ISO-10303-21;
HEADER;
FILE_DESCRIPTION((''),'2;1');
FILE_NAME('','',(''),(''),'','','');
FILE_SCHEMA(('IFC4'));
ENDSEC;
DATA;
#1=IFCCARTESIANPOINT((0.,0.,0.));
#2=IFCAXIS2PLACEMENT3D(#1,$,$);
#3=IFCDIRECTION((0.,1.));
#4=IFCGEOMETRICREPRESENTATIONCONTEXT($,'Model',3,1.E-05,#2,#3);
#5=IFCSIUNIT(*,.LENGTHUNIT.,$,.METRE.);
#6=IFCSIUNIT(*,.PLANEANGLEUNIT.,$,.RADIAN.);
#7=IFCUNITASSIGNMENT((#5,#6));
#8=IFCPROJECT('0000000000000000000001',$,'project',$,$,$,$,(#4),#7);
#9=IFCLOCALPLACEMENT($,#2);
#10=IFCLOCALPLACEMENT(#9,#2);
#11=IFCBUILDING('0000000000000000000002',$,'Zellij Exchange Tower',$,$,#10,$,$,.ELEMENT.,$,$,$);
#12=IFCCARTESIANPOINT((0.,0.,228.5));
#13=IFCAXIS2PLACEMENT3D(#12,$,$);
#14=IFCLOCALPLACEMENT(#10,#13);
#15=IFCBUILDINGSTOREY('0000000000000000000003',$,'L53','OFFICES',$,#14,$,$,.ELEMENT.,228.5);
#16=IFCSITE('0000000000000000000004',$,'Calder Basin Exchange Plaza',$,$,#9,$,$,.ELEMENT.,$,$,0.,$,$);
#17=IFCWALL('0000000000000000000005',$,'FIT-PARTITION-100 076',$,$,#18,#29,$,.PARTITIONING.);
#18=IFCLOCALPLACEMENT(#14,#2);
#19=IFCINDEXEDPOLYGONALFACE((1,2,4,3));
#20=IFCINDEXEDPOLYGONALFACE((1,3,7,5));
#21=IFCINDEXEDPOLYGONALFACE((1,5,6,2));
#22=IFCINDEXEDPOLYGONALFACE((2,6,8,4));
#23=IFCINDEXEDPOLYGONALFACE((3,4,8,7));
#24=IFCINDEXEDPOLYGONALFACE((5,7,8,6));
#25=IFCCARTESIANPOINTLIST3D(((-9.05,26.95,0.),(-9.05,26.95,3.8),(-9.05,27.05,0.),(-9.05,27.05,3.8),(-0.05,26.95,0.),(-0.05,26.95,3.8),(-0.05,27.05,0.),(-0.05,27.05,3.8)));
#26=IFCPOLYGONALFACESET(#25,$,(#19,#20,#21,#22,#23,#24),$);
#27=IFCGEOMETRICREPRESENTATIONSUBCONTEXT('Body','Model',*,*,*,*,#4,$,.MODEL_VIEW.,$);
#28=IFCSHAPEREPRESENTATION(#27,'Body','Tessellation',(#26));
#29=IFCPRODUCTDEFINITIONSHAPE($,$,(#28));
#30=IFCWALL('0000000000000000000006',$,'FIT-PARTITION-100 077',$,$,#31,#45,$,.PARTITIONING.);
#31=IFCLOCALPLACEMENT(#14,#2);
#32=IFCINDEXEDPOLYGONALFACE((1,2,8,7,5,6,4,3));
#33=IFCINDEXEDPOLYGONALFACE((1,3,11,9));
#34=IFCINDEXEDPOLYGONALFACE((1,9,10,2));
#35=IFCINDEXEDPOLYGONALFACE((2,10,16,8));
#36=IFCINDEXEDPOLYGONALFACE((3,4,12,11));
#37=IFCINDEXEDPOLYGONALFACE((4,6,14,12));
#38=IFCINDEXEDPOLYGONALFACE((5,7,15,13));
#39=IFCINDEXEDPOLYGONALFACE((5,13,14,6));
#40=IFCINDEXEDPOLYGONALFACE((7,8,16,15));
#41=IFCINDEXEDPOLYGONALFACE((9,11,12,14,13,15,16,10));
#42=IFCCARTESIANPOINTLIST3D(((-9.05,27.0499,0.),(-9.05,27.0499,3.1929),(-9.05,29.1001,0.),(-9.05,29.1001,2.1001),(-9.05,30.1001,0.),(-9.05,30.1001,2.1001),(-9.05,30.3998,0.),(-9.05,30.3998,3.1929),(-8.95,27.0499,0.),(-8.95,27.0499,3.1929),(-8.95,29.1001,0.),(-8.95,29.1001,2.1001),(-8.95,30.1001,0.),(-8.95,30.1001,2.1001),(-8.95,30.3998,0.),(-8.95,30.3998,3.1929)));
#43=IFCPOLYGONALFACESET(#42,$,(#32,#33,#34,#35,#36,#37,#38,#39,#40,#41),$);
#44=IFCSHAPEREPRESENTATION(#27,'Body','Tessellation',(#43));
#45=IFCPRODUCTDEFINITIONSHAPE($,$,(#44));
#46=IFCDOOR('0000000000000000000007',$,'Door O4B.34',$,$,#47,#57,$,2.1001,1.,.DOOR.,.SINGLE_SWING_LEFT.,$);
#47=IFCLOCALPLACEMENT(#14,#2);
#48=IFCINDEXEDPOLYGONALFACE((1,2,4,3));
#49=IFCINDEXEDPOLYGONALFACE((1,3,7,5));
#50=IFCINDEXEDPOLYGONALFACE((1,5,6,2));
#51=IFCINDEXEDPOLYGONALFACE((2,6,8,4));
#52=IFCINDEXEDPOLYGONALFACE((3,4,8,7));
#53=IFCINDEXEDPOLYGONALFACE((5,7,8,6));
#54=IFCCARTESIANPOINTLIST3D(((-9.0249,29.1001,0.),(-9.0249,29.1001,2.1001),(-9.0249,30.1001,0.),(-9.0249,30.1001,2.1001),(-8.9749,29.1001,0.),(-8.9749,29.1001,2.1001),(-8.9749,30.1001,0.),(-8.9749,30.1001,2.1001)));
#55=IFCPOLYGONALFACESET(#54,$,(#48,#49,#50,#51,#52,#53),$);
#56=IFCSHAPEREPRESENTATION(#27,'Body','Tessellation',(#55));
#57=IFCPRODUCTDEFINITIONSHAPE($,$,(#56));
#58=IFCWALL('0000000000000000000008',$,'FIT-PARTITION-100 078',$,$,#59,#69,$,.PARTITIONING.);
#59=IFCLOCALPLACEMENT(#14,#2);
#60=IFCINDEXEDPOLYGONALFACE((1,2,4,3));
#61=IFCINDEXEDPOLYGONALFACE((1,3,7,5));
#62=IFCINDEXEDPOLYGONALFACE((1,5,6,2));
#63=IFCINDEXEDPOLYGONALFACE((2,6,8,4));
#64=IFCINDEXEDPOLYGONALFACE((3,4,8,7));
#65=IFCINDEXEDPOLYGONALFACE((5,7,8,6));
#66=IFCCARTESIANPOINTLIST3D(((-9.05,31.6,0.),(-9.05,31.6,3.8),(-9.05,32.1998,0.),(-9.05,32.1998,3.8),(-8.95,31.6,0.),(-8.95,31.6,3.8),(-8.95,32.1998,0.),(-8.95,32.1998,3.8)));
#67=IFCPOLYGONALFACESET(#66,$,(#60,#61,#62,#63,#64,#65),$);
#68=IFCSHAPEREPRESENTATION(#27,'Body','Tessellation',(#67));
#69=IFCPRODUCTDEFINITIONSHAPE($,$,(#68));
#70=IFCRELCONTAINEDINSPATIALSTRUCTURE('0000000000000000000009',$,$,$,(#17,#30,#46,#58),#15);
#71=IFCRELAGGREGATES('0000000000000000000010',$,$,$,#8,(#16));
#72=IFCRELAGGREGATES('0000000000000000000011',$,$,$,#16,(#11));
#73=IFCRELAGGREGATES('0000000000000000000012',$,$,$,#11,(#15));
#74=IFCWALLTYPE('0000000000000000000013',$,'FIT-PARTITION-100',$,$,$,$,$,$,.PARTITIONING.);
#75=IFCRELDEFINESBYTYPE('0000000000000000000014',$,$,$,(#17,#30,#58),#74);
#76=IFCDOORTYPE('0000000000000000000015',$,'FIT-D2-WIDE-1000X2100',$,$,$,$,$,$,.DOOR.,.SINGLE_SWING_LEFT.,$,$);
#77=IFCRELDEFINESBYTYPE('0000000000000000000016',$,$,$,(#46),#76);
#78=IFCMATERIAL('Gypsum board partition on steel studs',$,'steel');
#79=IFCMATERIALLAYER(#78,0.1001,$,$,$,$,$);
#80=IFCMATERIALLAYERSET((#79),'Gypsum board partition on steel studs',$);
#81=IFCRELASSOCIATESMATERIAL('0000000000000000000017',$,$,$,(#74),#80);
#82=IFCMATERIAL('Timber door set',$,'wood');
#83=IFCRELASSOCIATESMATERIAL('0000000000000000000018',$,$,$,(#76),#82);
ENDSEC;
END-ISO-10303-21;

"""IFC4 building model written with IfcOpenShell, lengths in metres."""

from ifc_helpers import new_model, si_unit, direction, frame, frame_2d, origin, place, context, subcontext, project, spatial, rectangle, extrude, material, layer, layer_set, type_object, element, fill, save


model = new_model("IFC4")

# Units and contexts
model_context = context("Model", 3, precision=1e-05, world=origin(), true_north=direction((0.0, 1.0)))
body_context = subcontext(model_context, "Body", "Model", "MODEL_VIEW")
ifc_project = project(units=[si_unit("LENGTHUNIT", "METRE"), si_unit("PLANEANGLEUNIT", "RADIAN")], contexts=[model_context])

# Site, building, storey
site_placement = place(None, origin())
site = spatial("IfcSite", under=ifc_project, at=site_placement, Name="Calder Basin Exchange Plaza", CompositionType="ELEMENT", RefElevation=0.0)
building_placement = place(site_placement, origin())
building = spatial("IfcBuilding", under=site, at=building_placement, Name="Zellij Exchange Tower", CompositionType="ELEMENT")
storey_placement = place(building_placement, frame((0.0, 0.0, 228.5)))
storey = spatial("IfcBuildingStorey", under=building, at=storey_placement, Name="L53", Description="OFFICES", CompositionType="ELEMENT", Elevation=228.5)

# Shared definitions
ifc_material_1 = material(Name="Gypsum board partition on steel studs", Category="steel")
ifc_layer = layer(ifc_material_1, 0.1001)
ifc_layer_set = layer_set([ifc_layer], Name="Gypsum board partition on steel studs")
wall_type = type_object("IfcWallType", Name="FIT-PARTITION-100", PredefinedType="PARTITIONING", material=ifc_layer_set)

# Shared definitions
ifc_material_2 = material(Name="Timber door set", Category="wood")

# Wall
wall_1_placement = place(storey_placement, frame((-9.05, 27.0, 0.0), z_axis=(0.0, 0.0, 1.0), x_axis=(1.0, 0.0, 0.0)))
element("IfcWall", 1, at=wall_1_placement, inside=storey, type_object=wall_type, Name="FIT-PARTITION-100 076", PredefinedType="PARTITIONING", context=body_context, shape_type="SweptSolid", body=[
    extrude(rectangle(XDim=9.0, YDim=0.1001, at=frame_2d((4.5, 0.0))), origin(), (0.0, 0.0, 1.0), 3.8),
])

# Wall, opening, door
wall_2_placement = place(storey_placement, frame((-9.0, 27.05, 0.0), z_axis=(0.0, 0.0, 1.0), x_axis=(0.0, 1.0, 0.0)))
wall_2 = element("IfcWall", 2, at=wall_2_placement, inside=storey, type_object=wall_type, Name="FIT-PARTITION-100 077", PredefinedType="PARTITIONING", context=body_context, shape_type="SweptSolid", body=[
    extrude(rectangle(XDim=3.3499, YDim=0.1001, at=frame_2d((1.6748, 0.0))), origin(), (0.0, 0.0, 1.0), 3.1929),
])
opening_1_placement = place(wall_2_placement, frame((2.05, 0.0, 0.0)))
opening_1 = element("IfcOpeningElement", 3, at=opening_1_placement, cuts=wall_2, PredefinedType="OPENING", context=body_context, shape_type="SweptSolid", body=[
    extrude(rectangle(XDim=1.0, YDim=2.1001, at=frame_2d((0.5, 1.05))), frame((0.0, 0.062, 0.0), z_axis=(0.0, -1.0, 0.0), x_axis=(1.0, 0.0, 0.0)), (0.0, 0.0, 1.0), 0.124),
])
door_type_1 = type_object("IfcDoorType", Name="FIT-D2-WIDE-1000X2100", OperationType="SINGLE_SWING_LEFT", PredefinedType="DOOR", material=ifc_material_2)
door_1_placement = place(opening_1_placement, origin())
door_1 = element("IfcDoor", 4, at=door_1_placement, inside=storey, type_object=door_type_1, Name="Door O4B.34", OperationType="SINGLE_SWING_LEFT", OverallHeight=2.1001, OverallWidth=1.0, PredefinedType="DOOR", context=body_context, shape_type="SweptSolid", body=[
    extrude(rectangle(XDim=1.0, YDim=2.1001, at=frame_2d((0.5, 1.05))), frame((0.0, 0.0249, 0.0), z_axis=(0.0, -1.0, 0.0), x_axis=(1.0, 0.0, 0.0)), (0.0, 0.0, 1.0), 0.05),
])
fill(opening_1, door_1)

# Wall
wall_3_placement = place(storey_placement, frame((-9.0, 31.6001, 0.0), z_axis=(0.0, 0.0, 1.0), x_axis=(0.0, 1.0, 0.0)))
element("IfcWall", 5, at=wall_3_placement, inside=storey, type_object=wall_type, Name="FIT-PARTITION-100 078", PredefinedType="PARTITIONING", context=body_context, shape_type="SweptSolid", body=[
    extrude(rectangle(XDim=0.5999, YDim=0.1001, at=frame_2d((0.2998, 0.0))), origin(), (0.0, 0.0, 1.0), 3.8),
])

save(model, "model.ifc")
